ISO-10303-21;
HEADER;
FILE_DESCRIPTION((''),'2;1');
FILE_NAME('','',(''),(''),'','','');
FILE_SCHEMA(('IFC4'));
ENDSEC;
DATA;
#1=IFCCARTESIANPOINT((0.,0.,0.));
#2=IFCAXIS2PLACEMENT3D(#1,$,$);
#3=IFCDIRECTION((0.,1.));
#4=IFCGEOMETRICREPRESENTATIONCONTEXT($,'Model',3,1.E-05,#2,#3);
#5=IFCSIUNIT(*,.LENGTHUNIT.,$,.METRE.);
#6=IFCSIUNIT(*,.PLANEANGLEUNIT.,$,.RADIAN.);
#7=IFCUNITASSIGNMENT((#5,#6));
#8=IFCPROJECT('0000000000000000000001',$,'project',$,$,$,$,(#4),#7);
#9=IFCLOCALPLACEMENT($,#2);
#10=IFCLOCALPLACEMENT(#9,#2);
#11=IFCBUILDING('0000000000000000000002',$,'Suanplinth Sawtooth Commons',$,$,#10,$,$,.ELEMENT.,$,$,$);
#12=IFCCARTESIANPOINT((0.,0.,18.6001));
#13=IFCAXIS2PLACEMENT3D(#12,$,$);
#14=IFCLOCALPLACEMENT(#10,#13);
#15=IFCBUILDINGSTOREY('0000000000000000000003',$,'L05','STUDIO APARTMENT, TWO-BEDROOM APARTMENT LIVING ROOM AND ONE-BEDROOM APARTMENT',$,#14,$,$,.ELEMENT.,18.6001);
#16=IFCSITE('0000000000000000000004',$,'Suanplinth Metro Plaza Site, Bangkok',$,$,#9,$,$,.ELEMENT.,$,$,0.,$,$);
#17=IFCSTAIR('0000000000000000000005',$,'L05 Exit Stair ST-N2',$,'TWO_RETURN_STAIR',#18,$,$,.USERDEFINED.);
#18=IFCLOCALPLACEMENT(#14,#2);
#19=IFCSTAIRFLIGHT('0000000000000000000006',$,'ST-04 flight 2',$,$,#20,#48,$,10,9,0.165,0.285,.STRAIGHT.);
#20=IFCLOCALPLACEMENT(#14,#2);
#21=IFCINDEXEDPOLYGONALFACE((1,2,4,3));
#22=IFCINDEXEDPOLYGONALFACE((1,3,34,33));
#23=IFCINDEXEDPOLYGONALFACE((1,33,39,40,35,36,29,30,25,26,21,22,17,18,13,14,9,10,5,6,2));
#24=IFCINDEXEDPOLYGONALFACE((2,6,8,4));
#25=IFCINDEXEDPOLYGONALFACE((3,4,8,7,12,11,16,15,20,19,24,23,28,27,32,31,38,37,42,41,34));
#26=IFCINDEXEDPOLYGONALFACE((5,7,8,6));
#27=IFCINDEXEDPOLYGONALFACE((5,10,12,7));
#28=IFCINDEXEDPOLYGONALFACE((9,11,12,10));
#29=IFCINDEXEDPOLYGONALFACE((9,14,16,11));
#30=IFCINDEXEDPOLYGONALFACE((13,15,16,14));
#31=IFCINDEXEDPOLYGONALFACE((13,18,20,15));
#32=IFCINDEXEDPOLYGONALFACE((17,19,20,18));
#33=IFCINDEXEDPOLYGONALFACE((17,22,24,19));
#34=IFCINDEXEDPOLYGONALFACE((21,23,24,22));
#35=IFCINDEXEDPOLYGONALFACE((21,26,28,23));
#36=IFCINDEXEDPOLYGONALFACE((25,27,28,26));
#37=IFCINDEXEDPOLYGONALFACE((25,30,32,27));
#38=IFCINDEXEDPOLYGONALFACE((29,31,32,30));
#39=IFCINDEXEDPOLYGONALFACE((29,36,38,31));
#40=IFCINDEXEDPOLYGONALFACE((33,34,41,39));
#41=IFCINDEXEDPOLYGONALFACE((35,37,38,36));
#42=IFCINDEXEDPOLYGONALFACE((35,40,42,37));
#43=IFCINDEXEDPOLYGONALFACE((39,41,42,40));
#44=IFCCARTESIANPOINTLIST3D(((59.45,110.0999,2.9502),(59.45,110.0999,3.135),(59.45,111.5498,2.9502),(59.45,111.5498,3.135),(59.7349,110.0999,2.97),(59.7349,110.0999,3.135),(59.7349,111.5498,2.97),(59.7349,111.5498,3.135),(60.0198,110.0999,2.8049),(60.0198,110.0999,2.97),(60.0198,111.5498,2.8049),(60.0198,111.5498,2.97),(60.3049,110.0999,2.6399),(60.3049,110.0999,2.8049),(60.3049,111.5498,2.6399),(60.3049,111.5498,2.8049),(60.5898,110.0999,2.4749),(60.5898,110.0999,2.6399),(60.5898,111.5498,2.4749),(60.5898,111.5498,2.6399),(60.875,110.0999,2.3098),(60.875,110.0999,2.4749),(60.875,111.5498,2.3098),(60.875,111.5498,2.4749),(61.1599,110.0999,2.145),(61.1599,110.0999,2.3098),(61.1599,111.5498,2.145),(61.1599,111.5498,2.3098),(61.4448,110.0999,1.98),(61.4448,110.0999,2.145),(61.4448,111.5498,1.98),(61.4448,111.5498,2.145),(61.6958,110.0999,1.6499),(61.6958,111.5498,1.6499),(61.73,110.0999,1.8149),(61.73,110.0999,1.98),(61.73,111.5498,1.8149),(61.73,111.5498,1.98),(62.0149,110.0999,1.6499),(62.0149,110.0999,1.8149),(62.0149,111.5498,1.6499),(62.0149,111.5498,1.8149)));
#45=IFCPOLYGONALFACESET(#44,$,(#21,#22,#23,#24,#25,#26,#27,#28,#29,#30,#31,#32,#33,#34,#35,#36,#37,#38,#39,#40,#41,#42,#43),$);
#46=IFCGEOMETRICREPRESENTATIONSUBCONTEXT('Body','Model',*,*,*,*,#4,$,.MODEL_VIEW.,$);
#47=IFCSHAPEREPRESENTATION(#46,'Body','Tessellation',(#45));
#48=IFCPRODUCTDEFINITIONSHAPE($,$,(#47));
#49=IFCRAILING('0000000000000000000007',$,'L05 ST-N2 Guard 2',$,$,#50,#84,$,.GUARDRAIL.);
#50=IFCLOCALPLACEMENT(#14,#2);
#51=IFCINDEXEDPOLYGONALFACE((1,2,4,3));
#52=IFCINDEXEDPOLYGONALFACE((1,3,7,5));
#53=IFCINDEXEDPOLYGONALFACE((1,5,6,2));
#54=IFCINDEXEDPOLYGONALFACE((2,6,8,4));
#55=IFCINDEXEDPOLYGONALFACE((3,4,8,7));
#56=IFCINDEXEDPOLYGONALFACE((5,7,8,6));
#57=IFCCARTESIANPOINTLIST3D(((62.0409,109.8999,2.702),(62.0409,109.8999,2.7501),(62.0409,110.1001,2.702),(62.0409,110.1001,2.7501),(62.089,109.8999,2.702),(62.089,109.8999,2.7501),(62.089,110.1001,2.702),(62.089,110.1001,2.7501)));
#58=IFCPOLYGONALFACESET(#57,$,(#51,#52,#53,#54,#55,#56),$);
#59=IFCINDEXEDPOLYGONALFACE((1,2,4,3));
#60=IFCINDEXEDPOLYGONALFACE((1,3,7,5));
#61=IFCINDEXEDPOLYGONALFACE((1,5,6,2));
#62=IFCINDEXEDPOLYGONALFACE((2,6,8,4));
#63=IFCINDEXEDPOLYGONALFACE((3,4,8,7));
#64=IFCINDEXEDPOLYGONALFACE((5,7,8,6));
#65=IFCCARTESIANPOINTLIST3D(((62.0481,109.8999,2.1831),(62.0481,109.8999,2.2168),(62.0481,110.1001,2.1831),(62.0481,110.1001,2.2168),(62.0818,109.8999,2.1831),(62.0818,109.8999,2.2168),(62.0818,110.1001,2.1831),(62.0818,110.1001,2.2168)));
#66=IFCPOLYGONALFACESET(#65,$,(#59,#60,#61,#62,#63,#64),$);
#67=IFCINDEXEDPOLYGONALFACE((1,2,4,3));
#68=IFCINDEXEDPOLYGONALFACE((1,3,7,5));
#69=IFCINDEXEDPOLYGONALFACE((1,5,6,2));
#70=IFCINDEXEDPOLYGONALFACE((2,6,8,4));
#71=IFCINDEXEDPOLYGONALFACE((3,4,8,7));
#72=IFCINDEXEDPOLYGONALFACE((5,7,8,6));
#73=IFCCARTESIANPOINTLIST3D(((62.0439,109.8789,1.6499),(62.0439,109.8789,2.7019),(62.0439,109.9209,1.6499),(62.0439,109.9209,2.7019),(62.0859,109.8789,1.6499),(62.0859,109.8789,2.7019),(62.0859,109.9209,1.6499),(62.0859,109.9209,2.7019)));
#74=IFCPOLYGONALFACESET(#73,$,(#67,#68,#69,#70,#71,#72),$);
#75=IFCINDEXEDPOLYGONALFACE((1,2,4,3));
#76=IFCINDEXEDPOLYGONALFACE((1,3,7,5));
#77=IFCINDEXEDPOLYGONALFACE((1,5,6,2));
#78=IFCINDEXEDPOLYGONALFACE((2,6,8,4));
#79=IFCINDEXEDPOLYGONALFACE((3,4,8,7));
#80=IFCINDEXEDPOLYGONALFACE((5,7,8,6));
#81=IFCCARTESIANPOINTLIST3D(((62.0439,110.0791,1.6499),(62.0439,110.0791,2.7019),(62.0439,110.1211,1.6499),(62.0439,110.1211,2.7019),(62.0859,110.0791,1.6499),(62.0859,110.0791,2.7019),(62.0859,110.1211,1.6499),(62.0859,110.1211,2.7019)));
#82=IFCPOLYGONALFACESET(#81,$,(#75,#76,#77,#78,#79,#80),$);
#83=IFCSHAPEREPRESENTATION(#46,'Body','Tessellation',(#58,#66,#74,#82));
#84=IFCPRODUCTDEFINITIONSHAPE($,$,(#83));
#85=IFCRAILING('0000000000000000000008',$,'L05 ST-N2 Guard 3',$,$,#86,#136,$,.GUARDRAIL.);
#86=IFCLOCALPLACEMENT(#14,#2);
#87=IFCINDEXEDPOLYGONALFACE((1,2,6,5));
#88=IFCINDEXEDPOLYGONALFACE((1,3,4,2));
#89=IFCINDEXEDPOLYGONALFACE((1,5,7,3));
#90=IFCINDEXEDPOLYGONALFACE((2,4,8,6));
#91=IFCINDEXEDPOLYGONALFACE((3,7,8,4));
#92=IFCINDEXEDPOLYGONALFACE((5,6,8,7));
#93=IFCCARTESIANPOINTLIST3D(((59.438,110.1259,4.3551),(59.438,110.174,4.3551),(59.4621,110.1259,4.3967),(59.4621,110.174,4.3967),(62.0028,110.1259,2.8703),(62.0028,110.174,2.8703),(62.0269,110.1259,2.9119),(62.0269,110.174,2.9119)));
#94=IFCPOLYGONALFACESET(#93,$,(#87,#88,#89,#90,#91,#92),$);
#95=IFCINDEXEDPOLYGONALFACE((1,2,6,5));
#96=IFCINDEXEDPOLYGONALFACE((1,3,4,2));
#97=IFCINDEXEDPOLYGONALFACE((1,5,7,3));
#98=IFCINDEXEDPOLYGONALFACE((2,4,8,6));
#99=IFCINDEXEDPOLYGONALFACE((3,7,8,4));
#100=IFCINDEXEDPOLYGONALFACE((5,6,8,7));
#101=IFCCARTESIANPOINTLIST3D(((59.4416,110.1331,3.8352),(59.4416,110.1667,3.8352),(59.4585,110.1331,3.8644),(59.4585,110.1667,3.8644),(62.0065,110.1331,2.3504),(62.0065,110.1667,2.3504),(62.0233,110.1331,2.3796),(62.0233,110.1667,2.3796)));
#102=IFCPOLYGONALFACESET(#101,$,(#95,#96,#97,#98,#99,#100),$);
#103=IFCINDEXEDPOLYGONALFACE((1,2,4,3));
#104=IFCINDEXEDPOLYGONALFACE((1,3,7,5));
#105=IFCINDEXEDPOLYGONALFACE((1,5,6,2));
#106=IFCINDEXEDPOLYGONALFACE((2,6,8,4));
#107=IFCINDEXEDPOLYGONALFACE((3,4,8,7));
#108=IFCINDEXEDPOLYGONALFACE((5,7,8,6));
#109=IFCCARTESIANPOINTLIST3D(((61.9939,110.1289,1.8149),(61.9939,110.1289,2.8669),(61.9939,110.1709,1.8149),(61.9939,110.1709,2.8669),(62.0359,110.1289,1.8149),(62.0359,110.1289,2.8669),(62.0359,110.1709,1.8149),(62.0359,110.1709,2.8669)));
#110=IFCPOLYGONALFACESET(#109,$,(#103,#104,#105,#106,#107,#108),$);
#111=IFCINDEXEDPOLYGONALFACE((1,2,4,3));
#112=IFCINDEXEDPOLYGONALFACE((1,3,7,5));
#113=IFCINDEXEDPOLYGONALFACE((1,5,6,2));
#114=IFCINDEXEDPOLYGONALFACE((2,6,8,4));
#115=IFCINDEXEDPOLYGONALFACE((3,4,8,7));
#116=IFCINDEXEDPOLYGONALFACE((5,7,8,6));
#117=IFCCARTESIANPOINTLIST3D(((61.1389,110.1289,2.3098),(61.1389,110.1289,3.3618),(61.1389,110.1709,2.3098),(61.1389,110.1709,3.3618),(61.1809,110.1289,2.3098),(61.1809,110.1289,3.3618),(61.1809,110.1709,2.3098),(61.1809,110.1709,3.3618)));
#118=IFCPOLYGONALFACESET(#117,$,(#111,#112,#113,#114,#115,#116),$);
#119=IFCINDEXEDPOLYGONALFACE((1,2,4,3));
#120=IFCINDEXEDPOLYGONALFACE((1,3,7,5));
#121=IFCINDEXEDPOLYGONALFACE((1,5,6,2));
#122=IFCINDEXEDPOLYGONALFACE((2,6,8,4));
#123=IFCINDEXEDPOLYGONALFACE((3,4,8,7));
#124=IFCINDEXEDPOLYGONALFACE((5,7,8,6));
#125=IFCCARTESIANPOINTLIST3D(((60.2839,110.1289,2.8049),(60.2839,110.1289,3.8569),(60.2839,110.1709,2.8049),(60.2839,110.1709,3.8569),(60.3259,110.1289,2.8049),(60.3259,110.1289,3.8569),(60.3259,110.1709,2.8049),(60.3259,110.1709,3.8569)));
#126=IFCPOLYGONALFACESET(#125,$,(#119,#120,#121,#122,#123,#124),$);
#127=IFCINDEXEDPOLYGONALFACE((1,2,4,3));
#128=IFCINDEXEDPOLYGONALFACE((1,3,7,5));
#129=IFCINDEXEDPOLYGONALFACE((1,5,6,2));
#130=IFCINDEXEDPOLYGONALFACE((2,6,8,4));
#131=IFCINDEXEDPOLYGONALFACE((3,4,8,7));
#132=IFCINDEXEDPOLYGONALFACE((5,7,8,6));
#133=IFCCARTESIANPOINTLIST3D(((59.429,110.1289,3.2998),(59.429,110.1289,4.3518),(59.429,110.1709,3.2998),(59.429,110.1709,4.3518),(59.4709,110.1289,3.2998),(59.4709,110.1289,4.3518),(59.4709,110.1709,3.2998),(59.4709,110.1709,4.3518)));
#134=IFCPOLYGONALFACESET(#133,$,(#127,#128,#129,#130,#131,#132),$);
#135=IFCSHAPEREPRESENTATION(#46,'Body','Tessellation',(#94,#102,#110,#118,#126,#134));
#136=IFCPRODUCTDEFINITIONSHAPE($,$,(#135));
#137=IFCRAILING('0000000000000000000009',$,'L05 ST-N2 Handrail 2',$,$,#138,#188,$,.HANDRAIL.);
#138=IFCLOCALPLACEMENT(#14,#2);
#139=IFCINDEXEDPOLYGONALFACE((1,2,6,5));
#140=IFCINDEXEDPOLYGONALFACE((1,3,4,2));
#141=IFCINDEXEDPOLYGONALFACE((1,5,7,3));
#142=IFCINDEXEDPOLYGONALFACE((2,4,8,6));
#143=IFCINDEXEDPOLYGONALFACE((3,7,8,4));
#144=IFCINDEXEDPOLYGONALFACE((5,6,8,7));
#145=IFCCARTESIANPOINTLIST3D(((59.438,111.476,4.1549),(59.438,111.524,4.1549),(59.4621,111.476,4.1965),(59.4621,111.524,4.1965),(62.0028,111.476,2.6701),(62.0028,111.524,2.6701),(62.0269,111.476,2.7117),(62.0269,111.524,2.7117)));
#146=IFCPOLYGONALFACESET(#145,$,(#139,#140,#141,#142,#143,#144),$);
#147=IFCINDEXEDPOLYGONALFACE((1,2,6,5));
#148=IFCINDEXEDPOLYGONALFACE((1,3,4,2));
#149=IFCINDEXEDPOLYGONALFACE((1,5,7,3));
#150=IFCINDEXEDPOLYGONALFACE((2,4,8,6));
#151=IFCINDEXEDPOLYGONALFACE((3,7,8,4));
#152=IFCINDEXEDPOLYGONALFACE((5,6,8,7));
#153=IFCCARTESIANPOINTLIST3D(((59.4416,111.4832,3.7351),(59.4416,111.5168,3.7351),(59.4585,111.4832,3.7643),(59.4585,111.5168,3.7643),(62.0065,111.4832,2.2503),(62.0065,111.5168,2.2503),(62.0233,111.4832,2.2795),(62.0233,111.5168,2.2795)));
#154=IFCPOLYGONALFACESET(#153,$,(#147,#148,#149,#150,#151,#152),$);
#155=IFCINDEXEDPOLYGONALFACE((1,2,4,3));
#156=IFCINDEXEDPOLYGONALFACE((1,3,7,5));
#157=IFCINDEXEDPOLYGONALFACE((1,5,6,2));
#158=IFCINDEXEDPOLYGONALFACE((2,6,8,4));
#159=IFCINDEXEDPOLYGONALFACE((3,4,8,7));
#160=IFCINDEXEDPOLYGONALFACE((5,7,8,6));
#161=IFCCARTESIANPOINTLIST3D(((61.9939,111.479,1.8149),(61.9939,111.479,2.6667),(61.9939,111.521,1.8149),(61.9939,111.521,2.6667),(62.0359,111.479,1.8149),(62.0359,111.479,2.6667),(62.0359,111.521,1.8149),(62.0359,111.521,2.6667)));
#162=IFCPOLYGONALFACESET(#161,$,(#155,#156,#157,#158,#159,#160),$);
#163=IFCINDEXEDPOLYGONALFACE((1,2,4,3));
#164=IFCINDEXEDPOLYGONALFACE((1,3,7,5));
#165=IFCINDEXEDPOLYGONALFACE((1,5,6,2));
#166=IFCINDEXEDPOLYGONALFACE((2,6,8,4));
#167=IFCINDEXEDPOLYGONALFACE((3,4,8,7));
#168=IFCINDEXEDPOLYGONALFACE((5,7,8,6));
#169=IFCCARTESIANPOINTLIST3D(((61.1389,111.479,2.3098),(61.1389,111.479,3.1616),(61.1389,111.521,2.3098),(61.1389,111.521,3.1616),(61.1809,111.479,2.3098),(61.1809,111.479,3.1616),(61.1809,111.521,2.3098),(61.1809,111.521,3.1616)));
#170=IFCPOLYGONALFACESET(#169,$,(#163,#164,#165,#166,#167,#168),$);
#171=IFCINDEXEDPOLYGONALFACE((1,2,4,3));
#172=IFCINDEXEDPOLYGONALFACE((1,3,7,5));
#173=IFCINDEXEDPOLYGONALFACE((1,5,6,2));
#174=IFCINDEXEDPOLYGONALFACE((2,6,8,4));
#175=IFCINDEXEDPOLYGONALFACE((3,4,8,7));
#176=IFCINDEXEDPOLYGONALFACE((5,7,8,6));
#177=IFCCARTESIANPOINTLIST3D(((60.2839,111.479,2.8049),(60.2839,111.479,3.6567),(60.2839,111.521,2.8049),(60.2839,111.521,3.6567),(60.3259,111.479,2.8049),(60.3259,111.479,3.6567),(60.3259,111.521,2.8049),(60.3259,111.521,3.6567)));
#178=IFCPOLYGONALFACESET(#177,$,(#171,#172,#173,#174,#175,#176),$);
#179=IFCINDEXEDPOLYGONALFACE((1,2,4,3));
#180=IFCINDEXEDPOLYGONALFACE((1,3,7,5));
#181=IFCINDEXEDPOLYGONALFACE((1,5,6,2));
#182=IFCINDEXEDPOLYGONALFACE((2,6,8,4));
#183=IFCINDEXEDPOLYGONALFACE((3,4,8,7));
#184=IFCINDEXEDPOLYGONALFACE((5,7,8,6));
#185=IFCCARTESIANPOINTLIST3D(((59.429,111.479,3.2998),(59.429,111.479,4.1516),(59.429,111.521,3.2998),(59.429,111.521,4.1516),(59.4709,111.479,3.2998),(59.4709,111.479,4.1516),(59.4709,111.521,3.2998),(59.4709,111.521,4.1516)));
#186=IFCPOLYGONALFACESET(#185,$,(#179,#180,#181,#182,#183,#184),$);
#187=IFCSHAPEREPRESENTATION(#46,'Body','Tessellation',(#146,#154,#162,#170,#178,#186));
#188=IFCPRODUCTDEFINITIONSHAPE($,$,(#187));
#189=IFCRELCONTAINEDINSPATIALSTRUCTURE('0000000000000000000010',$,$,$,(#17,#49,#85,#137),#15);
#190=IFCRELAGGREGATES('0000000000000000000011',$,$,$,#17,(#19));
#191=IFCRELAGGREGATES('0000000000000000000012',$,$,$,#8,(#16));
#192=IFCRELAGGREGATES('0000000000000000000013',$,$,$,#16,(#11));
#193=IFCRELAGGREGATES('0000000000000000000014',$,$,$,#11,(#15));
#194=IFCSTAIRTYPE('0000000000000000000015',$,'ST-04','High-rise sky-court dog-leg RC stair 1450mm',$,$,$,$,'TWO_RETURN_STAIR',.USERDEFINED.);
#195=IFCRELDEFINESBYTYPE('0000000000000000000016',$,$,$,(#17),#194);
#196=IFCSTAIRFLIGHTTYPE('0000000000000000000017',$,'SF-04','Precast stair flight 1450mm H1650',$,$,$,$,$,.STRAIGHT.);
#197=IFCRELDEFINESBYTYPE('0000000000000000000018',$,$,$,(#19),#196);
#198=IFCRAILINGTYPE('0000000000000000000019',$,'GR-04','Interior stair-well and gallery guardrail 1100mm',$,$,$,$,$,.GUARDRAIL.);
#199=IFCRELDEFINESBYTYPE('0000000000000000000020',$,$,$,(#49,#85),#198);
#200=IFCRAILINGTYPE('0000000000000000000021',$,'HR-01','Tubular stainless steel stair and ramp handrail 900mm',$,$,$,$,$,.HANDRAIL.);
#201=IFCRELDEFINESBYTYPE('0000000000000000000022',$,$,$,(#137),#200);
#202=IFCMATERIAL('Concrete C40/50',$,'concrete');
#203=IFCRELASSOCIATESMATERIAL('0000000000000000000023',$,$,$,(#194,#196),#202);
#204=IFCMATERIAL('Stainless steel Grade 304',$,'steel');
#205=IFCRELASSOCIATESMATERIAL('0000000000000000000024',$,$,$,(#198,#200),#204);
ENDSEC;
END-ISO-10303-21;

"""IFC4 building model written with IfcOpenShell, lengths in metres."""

from ifc_helpers import new_model, si_unit, direction, frame, origin, origin_2d, place, context, subcontext, project, spatial, polyline, rectangle, outline, extrude, material, type_object, element, aggregate, save


model = new_model("IFC4")

# Units and contexts
model_context = context("Model", 3, precision=1e-05, world=origin(), true_north=direction((0.0, 1.0)))
body_context = subcontext(model_context, "Body", "Model", "MODEL_VIEW")
ifc_project = project(units=[si_unit("LENGTHUNIT", "METRE"), si_unit("PLANEANGLEUNIT", "RADIAN")], contexts=[model_context])

# Site, building, storey
site_placement = place(None, origin())
site = spatial("IfcSite", under=ifc_project, at=site_placement, Name="Suanplinth Metro Plaza Site, Bangkok", CompositionType="ELEMENT", RefElevation=0.0)
building_placement = place(site_placement, origin())
building = spatial("IfcBuilding", under=site, at=building_placement, Name="Suanplinth Sawtooth Commons", CompositionType="ELEMENT")
storey_placement = place(building_placement, frame((0.0, 0.0, 18.6001)))
storey = spatial("IfcBuildingStorey", under=building, at=storey_placement, Name="L05", Description="STUDIO APARTMENT, TWO-BEDROOM APARTMENT LIVING ROOM AND ONE-BEDROOM APARTMENT", CompositionType="ELEMENT", Elevation=18.6001)

# Shared definitions
ifc_material_1 = material(Name="Concrete C40/50", Category="concrete")

# Shared definitions
ifc_material_2 = material(Name="Stainless steel Grade 304", Category="steel")

# Stair, stair flight
stair_type = type_object("IfcStairType", Name="ST-04", Description="High-rise sky-court dog-leg RC stair 1450mm", ElementType="TWO_RETURN_STAIR", PredefinedType="USERDEFINED", material=ifc_material_1)
stair_placement = place(storey_placement, origin())
stair = element("IfcStair", 1, at=stair_placement, inside=storey, type_object=stair_type, Name="L05 Exit Stair ST-N2", ObjectType="TWO_RETURN_STAIR", PredefinedType="USERDEFINED")
stair_flight_type = type_object("IfcStairFlightType", Name="SF-04", Description="Precast stair flight 1450mm H1650", PredefinedType="STRAIGHT", material=ifc_material_1)
stair_flight_placement = place(storey_placement, frame((62.0149, 110.825, 1.6499), z_axis=(0.0, 0.0, 1.0), x_axis=(-1.0, 0.0, 0.0)))
stair_flight = element("IfcStairFlight", 2, at=stair_flight_placement, type_object=stair_flight_type, Name="ST-04 flight 2", NumberOfRisers=10, NumberOfTreads=9, PredefinedType="STRAIGHT", RiserHeight=0.165, TreadLength=0.285, context=body_context, shape_type="SweptSolid", body=[
    extrude(outline(polyline([(0.0, 0.0), (0.0, 0.165), (0.2849, 0.165), (0.2849, 0.3301), (0.5701, 0.3301), (0.5701, 0.4951), (0.855, 0.4951), (0.855, 0.6599), (1.1399, 0.6599), (1.1399, 0.825), (1.425, 0.825), (1.425, 0.99), (1.71, 0.99), (1.71, 1.155), (1.9951, 1.155), (1.9951, 1.3201), (2.28, 1.3201), (2.28, 1.4851), (2.5649, 1.4851), (2.5649, 1.6499), (2.5649, 1.3003), (0.3191, 0.0), (0.0, 0.0)])), frame((0.0, 0.7251, 0.0), z_axis=(0.0, -1.0, 0.0), x_axis=(1.0, 0.0, 0.0)), (0.0, 0.0, 1.0), 1.45),
])
aggregate(stair, [stair_flight])

# Railings
railing_type_1 = type_object("IfcRailingType", Name="GR-04", Description="Interior stair-well and gallery guardrail 1100mm", PredefinedType="GUARDRAIL", material=ifc_material_2)
railing_1_placement = place(storey_placement, frame((62.0649, 109.8999, 1.6499)))
element("IfcRailing", 3, at=railing_1_placement, inside=storey, type_object=railing_type_1, Name="L05 ST-N2 Guard 2", PredefinedType="GUARDRAIL", context=body_context, shape_type="SweptSolid", body=[
    extrude(rectangle(XDim=0.0481, YDim=0.0481, at=origin_2d()), frame((0.0, 0.0, 1.0762), z_axis=(0.0, 1.0, 0.0), x_axis=(-1.0, 0.0, 0.0)), (0.0, 0.0, 1.0), 0.2002),
    extrude(rectangle(XDim=0.0337, YDim=0.0337, at=origin_2d()), frame((0.0, 0.0, 0.55), z_axis=(0.0, 1.0, 0.0), x_axis=(-1.0, 0.0, 0.0)), (0.0, 0.0, 1.0), 0.2002),
    extrude(rectangle(XDim=0.042, YDim=0.042, at=origin_2d()), origin(), (0.0, 0.0, 1.0), 1.052),
    extrude(rectangle(XDim=0.042, YDim=0.042, at=origin_2d()), frame((0.0, 0.2002, 0.0)), (0.0, 0.0, 1.0), 1.052),
])
railing_2_placement = place(storey_placement, frame((62.0149, 110.1499, 1.8149)))
element("IfcRailing", 4, at=railing_2_placement, inside=storey, type_object=railing_type_1, Name="L05 ST-N2 Guard 3", PredefinedType="GUARDRAIL", context=body_context, shape_type="SweptSolid", body=[
    extrude(rectangle(XDim=0.0481, YDim=0.0481, at=origin_2d()), frame((0.0, 0.0, 1.0762), z_axis=(-0.865441, 0.0, 0.50101), x_axis=(0.0, -1.0, 0.0)), (0.0, 0.0, 1.0), 2.9636),
    extrude(rectangle(XDim=0.0337, YDim=0.0337, at=origin_2d()), frame((0.0, 0.0, 0.55), z_axis=(-0.865441, 0.0, 0.50101), x_axis=(0.0, -1.0, 0.0)), (0.0, 0.0, 1.0), 2.9636),
    extrude(rectangle(XDim=0.042, YDim=0.042, at=origin_2d()), origin(), (0.0, 0.0, 1.0), 1.052),
    extrude(rectangle(XDim=0.042, YDim=0.042, at=origin_2d()), frame((-0.855, 0.0, 0.4949)), (0.0, 0.0, 1.0), 1.052),
    extrude(rectangle(XDim=0.042, YDim=0.042, at=origin_2d()), frame((-1.71, 0.0, 0.99)), (0.0, 0.0, 1.0), 1.052),
    extrude(rectangle(XDim=0.042, YDim=0.042, at=origin_2d()), frame((-2.5649, 0.0, 1.4849)), (0.0, 0.0, 1.0), 1.052),
])
railing_type_2 = type_object("IfcRailingType", Name="HR-01", Description="Tubular stainless steel stair and ramp handrail 900mm", PredefinedType="HANDRAIL", material=ifc_material_2)
railing_3_placement = place(storey_placement, frame((62.0149, 111.5, 1.8149)))
element("IfcRailing", 5, at=railing_3_placement, inside=storey, type_object=railing_type_2, Name="L05 ST-N2 Handrail 2", PredefinedType="HANDRAIL", context=body_context, shape_type="SweptSolid", body=[
    extrude(rectangle(XDim=0.0481, YDim=0.0481, at=origin_2d()), frame((0.0, 0.0, 0.876), z_axis=(-0.865441, 0.0, 0.50101), x_axis=(0.0, -1.0, 0.0)), (0.0, 0.0, 1.0), 2.9636),
    extrude(rectangle(XDim=0.0337, YDim=0.0337, at=origin_2d()), frame((0.0, 0.0, 0.45), z_axis=(-0.865441, 0.0, 0.50101), x_axis=(0.0, -1.0, 0.0)), (0.0, 0.0, 1.0), 2.9636),
    extrude(rectangle(XDim=0.042, YDim=0.042, at=origin_2d()), origin(), (0.0, 0.0, 1.0), 0.8518),
    extrude(rectangle(XDim=0.042, YDim=0.042, at=origin_2d()), frame((-0.855, 0.0, 0.4949)), (0.0, 0.0, 1.0), 0.8518),
    extrude(rectangle(XDim=0.042, YDim=0.042, at=origin_2d()), frame((-1.71, 0.0, 0.99)), (0.0, 0.0, 1.0), 0.8518),
    extrude(rectangle(XDim=0.042, YDim=0.042, at=origin_2d()), frame((-2.5649, 0.0, 1.4849)), (0.0, 0.0, 1.0), 0.8518),
])

save(model, "model.ifc")
